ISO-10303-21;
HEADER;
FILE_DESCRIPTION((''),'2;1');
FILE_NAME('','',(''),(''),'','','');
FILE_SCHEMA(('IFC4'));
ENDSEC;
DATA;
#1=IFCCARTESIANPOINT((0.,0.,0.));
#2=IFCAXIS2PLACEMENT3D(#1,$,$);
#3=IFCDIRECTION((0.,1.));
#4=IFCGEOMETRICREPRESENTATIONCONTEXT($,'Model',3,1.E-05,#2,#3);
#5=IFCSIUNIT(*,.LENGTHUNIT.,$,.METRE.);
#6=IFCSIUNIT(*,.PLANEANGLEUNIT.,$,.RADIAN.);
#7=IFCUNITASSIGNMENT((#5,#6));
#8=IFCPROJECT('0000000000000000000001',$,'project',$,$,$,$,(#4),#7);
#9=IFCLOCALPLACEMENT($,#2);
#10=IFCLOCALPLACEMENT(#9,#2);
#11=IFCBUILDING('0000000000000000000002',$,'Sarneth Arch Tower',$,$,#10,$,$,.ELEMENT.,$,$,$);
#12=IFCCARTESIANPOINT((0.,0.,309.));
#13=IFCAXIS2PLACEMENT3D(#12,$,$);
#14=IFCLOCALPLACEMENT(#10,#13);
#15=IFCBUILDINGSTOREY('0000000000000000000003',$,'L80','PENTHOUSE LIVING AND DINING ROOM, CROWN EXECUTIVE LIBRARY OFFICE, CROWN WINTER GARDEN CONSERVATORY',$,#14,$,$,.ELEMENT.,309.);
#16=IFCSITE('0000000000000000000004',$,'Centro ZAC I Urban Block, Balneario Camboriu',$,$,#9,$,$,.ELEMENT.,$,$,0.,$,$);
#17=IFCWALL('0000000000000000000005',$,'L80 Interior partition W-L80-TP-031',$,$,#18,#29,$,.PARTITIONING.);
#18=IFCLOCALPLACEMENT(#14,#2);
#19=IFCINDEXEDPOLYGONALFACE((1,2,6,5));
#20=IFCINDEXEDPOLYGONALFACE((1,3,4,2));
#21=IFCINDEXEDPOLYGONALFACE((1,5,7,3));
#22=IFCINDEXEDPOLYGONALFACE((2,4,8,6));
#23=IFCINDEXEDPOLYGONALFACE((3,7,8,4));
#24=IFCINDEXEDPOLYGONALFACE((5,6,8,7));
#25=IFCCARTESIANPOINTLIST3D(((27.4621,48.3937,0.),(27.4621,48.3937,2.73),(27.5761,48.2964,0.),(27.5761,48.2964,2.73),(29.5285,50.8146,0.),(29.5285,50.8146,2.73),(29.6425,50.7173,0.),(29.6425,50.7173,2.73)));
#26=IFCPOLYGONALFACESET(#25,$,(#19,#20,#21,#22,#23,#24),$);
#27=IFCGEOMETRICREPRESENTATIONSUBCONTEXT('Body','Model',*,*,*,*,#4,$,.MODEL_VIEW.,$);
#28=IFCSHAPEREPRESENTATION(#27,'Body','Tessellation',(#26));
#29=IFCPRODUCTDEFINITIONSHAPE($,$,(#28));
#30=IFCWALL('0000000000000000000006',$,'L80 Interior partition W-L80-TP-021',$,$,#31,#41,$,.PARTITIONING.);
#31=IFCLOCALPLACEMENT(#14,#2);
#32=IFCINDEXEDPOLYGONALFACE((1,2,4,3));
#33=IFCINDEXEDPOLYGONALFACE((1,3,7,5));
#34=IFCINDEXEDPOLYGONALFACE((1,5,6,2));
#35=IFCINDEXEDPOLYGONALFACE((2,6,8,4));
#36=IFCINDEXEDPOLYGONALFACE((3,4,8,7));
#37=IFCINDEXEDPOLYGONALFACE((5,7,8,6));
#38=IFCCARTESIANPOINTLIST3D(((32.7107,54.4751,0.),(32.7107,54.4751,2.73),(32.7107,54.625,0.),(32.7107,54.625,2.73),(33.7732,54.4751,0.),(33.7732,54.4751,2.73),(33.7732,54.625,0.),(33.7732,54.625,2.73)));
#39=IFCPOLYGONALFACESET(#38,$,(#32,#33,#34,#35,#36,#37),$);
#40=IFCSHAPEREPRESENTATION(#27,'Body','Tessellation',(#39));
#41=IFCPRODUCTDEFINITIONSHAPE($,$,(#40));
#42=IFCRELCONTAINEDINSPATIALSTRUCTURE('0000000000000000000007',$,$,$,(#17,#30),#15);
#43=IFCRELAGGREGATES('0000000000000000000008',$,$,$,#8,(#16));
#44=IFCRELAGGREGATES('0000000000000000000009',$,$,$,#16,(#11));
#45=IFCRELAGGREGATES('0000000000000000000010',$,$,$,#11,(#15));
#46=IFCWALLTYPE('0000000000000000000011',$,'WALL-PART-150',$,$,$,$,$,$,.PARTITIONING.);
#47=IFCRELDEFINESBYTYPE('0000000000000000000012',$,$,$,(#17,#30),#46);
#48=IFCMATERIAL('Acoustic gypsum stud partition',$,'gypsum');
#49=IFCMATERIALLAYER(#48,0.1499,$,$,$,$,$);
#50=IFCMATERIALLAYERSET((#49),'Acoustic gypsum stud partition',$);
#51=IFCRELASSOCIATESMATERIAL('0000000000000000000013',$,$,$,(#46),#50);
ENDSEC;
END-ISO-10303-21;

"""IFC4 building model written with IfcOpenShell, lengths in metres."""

from ifc_helpers import new_model, si_unit, direction, frame, frame_2d, origin, place, context, subcontext, project, spatial, rectangle, extrude, material, layer, layer_set, type_object, element, save


model = new_model("IFC4")

# Units and contexts
model_context = context("Model", 3, precision=1e-05, world=origin(), true_north=direction((0.0, 1.0)))
body_context = subcontext(model_context, "Body", "Model", "MODEL_VIEW")
ifc_project = project(units=[si_unit("LENGTHUNIT", "METRE"), si_unit("PLANEANGLEUNIT", "RADIAN")], contexts=[model_context])

# Site, building, storey
site_placement = place(None, origin())
site = spatial("IfcSite", under=ifc_project, at=site_placement, Name="Centro ZAC I Urban Block, Balneario Camboriu", CompositionType="ELEMENT", RefElevation=0.0)
building_placement = place(site_placement, origin())
building = spatial("IfcBuilding", under=site, at=building_placement, Name="Sarneth Arch Tower", CompositionType="ELEMENT")
storey_placement = place(building_placement, frame((0.0, 0.0, 309.0)))
storey = spatial("IfcBuildingStorey", under=building, at=storey_placement, Name="L80", Description="PENTHOUSE LIVING AND DINING ROOM, CROWN EXECUTIVE LIBRARY OFFICE, CROWN WINTER GARDEN CONSERVATORY", CompositionType="ELEMENT", Elevation=309.0)

# Walls
ifc_material_1 = material(Name="Acoustic gypsum stud partition", Category="gypsum")
ifc_layer_1 = layer(ifc_material_1, 0.1499)
ifc_layer_set_1 = layer_set([ifc_layer_1], Name="Acoustic gypsum stud partition")
wall_type_1 = type_object("IfcWallType", Name="WALL-PART-150", PredefinedType="PARTITIONING", material=ifc_layer_set_1)
wall_1_placement = place(storey_placement, frame((29.5854, 50.7659, 0.0), z_axis=(0.0, 0.0, 1.0), x_axis=(-0.649223, -0.760598, 0.0)))
element("IfcWall", 1, at=wall_1_placement, inside=storey, type_object=wall_type_1, Name="L80 Interior partition W-L80-TP-031", PredefinedType="PARTITIONING", context=body_context, shape_type="SweptSolid", body=[
    extrude(rectangle(XDim=3.1829, YDim=0.1499, at=frame_2d((1.5913, 0.0))), origin(), (0.0, 0.0, 1.0), 2.73),
])
wall_2_placement = place(storey_placement, frame((32.7107, 54.55, 0.0), z_axis=(0.0, 0.0, 1.0), x_axis=(1.0, 0.0, 0.0)))
element("IfcWall", 2, at=wall_2_placement, inside=storey, type_object=wall_type_1, Name="L80 Interior partition W-L80-TP-021", PredefinedType="PARTITIONING", context=body_context, shape_type="SweptSolid", body=[
    extrude(rectangle(XDim=1.0625, YDim=0.1499, at=frame_2d((0.5312, 0.0))), origin(), (0.0, 0.0, 1.0), 2.73),
])

save(model, "model.ifc")
